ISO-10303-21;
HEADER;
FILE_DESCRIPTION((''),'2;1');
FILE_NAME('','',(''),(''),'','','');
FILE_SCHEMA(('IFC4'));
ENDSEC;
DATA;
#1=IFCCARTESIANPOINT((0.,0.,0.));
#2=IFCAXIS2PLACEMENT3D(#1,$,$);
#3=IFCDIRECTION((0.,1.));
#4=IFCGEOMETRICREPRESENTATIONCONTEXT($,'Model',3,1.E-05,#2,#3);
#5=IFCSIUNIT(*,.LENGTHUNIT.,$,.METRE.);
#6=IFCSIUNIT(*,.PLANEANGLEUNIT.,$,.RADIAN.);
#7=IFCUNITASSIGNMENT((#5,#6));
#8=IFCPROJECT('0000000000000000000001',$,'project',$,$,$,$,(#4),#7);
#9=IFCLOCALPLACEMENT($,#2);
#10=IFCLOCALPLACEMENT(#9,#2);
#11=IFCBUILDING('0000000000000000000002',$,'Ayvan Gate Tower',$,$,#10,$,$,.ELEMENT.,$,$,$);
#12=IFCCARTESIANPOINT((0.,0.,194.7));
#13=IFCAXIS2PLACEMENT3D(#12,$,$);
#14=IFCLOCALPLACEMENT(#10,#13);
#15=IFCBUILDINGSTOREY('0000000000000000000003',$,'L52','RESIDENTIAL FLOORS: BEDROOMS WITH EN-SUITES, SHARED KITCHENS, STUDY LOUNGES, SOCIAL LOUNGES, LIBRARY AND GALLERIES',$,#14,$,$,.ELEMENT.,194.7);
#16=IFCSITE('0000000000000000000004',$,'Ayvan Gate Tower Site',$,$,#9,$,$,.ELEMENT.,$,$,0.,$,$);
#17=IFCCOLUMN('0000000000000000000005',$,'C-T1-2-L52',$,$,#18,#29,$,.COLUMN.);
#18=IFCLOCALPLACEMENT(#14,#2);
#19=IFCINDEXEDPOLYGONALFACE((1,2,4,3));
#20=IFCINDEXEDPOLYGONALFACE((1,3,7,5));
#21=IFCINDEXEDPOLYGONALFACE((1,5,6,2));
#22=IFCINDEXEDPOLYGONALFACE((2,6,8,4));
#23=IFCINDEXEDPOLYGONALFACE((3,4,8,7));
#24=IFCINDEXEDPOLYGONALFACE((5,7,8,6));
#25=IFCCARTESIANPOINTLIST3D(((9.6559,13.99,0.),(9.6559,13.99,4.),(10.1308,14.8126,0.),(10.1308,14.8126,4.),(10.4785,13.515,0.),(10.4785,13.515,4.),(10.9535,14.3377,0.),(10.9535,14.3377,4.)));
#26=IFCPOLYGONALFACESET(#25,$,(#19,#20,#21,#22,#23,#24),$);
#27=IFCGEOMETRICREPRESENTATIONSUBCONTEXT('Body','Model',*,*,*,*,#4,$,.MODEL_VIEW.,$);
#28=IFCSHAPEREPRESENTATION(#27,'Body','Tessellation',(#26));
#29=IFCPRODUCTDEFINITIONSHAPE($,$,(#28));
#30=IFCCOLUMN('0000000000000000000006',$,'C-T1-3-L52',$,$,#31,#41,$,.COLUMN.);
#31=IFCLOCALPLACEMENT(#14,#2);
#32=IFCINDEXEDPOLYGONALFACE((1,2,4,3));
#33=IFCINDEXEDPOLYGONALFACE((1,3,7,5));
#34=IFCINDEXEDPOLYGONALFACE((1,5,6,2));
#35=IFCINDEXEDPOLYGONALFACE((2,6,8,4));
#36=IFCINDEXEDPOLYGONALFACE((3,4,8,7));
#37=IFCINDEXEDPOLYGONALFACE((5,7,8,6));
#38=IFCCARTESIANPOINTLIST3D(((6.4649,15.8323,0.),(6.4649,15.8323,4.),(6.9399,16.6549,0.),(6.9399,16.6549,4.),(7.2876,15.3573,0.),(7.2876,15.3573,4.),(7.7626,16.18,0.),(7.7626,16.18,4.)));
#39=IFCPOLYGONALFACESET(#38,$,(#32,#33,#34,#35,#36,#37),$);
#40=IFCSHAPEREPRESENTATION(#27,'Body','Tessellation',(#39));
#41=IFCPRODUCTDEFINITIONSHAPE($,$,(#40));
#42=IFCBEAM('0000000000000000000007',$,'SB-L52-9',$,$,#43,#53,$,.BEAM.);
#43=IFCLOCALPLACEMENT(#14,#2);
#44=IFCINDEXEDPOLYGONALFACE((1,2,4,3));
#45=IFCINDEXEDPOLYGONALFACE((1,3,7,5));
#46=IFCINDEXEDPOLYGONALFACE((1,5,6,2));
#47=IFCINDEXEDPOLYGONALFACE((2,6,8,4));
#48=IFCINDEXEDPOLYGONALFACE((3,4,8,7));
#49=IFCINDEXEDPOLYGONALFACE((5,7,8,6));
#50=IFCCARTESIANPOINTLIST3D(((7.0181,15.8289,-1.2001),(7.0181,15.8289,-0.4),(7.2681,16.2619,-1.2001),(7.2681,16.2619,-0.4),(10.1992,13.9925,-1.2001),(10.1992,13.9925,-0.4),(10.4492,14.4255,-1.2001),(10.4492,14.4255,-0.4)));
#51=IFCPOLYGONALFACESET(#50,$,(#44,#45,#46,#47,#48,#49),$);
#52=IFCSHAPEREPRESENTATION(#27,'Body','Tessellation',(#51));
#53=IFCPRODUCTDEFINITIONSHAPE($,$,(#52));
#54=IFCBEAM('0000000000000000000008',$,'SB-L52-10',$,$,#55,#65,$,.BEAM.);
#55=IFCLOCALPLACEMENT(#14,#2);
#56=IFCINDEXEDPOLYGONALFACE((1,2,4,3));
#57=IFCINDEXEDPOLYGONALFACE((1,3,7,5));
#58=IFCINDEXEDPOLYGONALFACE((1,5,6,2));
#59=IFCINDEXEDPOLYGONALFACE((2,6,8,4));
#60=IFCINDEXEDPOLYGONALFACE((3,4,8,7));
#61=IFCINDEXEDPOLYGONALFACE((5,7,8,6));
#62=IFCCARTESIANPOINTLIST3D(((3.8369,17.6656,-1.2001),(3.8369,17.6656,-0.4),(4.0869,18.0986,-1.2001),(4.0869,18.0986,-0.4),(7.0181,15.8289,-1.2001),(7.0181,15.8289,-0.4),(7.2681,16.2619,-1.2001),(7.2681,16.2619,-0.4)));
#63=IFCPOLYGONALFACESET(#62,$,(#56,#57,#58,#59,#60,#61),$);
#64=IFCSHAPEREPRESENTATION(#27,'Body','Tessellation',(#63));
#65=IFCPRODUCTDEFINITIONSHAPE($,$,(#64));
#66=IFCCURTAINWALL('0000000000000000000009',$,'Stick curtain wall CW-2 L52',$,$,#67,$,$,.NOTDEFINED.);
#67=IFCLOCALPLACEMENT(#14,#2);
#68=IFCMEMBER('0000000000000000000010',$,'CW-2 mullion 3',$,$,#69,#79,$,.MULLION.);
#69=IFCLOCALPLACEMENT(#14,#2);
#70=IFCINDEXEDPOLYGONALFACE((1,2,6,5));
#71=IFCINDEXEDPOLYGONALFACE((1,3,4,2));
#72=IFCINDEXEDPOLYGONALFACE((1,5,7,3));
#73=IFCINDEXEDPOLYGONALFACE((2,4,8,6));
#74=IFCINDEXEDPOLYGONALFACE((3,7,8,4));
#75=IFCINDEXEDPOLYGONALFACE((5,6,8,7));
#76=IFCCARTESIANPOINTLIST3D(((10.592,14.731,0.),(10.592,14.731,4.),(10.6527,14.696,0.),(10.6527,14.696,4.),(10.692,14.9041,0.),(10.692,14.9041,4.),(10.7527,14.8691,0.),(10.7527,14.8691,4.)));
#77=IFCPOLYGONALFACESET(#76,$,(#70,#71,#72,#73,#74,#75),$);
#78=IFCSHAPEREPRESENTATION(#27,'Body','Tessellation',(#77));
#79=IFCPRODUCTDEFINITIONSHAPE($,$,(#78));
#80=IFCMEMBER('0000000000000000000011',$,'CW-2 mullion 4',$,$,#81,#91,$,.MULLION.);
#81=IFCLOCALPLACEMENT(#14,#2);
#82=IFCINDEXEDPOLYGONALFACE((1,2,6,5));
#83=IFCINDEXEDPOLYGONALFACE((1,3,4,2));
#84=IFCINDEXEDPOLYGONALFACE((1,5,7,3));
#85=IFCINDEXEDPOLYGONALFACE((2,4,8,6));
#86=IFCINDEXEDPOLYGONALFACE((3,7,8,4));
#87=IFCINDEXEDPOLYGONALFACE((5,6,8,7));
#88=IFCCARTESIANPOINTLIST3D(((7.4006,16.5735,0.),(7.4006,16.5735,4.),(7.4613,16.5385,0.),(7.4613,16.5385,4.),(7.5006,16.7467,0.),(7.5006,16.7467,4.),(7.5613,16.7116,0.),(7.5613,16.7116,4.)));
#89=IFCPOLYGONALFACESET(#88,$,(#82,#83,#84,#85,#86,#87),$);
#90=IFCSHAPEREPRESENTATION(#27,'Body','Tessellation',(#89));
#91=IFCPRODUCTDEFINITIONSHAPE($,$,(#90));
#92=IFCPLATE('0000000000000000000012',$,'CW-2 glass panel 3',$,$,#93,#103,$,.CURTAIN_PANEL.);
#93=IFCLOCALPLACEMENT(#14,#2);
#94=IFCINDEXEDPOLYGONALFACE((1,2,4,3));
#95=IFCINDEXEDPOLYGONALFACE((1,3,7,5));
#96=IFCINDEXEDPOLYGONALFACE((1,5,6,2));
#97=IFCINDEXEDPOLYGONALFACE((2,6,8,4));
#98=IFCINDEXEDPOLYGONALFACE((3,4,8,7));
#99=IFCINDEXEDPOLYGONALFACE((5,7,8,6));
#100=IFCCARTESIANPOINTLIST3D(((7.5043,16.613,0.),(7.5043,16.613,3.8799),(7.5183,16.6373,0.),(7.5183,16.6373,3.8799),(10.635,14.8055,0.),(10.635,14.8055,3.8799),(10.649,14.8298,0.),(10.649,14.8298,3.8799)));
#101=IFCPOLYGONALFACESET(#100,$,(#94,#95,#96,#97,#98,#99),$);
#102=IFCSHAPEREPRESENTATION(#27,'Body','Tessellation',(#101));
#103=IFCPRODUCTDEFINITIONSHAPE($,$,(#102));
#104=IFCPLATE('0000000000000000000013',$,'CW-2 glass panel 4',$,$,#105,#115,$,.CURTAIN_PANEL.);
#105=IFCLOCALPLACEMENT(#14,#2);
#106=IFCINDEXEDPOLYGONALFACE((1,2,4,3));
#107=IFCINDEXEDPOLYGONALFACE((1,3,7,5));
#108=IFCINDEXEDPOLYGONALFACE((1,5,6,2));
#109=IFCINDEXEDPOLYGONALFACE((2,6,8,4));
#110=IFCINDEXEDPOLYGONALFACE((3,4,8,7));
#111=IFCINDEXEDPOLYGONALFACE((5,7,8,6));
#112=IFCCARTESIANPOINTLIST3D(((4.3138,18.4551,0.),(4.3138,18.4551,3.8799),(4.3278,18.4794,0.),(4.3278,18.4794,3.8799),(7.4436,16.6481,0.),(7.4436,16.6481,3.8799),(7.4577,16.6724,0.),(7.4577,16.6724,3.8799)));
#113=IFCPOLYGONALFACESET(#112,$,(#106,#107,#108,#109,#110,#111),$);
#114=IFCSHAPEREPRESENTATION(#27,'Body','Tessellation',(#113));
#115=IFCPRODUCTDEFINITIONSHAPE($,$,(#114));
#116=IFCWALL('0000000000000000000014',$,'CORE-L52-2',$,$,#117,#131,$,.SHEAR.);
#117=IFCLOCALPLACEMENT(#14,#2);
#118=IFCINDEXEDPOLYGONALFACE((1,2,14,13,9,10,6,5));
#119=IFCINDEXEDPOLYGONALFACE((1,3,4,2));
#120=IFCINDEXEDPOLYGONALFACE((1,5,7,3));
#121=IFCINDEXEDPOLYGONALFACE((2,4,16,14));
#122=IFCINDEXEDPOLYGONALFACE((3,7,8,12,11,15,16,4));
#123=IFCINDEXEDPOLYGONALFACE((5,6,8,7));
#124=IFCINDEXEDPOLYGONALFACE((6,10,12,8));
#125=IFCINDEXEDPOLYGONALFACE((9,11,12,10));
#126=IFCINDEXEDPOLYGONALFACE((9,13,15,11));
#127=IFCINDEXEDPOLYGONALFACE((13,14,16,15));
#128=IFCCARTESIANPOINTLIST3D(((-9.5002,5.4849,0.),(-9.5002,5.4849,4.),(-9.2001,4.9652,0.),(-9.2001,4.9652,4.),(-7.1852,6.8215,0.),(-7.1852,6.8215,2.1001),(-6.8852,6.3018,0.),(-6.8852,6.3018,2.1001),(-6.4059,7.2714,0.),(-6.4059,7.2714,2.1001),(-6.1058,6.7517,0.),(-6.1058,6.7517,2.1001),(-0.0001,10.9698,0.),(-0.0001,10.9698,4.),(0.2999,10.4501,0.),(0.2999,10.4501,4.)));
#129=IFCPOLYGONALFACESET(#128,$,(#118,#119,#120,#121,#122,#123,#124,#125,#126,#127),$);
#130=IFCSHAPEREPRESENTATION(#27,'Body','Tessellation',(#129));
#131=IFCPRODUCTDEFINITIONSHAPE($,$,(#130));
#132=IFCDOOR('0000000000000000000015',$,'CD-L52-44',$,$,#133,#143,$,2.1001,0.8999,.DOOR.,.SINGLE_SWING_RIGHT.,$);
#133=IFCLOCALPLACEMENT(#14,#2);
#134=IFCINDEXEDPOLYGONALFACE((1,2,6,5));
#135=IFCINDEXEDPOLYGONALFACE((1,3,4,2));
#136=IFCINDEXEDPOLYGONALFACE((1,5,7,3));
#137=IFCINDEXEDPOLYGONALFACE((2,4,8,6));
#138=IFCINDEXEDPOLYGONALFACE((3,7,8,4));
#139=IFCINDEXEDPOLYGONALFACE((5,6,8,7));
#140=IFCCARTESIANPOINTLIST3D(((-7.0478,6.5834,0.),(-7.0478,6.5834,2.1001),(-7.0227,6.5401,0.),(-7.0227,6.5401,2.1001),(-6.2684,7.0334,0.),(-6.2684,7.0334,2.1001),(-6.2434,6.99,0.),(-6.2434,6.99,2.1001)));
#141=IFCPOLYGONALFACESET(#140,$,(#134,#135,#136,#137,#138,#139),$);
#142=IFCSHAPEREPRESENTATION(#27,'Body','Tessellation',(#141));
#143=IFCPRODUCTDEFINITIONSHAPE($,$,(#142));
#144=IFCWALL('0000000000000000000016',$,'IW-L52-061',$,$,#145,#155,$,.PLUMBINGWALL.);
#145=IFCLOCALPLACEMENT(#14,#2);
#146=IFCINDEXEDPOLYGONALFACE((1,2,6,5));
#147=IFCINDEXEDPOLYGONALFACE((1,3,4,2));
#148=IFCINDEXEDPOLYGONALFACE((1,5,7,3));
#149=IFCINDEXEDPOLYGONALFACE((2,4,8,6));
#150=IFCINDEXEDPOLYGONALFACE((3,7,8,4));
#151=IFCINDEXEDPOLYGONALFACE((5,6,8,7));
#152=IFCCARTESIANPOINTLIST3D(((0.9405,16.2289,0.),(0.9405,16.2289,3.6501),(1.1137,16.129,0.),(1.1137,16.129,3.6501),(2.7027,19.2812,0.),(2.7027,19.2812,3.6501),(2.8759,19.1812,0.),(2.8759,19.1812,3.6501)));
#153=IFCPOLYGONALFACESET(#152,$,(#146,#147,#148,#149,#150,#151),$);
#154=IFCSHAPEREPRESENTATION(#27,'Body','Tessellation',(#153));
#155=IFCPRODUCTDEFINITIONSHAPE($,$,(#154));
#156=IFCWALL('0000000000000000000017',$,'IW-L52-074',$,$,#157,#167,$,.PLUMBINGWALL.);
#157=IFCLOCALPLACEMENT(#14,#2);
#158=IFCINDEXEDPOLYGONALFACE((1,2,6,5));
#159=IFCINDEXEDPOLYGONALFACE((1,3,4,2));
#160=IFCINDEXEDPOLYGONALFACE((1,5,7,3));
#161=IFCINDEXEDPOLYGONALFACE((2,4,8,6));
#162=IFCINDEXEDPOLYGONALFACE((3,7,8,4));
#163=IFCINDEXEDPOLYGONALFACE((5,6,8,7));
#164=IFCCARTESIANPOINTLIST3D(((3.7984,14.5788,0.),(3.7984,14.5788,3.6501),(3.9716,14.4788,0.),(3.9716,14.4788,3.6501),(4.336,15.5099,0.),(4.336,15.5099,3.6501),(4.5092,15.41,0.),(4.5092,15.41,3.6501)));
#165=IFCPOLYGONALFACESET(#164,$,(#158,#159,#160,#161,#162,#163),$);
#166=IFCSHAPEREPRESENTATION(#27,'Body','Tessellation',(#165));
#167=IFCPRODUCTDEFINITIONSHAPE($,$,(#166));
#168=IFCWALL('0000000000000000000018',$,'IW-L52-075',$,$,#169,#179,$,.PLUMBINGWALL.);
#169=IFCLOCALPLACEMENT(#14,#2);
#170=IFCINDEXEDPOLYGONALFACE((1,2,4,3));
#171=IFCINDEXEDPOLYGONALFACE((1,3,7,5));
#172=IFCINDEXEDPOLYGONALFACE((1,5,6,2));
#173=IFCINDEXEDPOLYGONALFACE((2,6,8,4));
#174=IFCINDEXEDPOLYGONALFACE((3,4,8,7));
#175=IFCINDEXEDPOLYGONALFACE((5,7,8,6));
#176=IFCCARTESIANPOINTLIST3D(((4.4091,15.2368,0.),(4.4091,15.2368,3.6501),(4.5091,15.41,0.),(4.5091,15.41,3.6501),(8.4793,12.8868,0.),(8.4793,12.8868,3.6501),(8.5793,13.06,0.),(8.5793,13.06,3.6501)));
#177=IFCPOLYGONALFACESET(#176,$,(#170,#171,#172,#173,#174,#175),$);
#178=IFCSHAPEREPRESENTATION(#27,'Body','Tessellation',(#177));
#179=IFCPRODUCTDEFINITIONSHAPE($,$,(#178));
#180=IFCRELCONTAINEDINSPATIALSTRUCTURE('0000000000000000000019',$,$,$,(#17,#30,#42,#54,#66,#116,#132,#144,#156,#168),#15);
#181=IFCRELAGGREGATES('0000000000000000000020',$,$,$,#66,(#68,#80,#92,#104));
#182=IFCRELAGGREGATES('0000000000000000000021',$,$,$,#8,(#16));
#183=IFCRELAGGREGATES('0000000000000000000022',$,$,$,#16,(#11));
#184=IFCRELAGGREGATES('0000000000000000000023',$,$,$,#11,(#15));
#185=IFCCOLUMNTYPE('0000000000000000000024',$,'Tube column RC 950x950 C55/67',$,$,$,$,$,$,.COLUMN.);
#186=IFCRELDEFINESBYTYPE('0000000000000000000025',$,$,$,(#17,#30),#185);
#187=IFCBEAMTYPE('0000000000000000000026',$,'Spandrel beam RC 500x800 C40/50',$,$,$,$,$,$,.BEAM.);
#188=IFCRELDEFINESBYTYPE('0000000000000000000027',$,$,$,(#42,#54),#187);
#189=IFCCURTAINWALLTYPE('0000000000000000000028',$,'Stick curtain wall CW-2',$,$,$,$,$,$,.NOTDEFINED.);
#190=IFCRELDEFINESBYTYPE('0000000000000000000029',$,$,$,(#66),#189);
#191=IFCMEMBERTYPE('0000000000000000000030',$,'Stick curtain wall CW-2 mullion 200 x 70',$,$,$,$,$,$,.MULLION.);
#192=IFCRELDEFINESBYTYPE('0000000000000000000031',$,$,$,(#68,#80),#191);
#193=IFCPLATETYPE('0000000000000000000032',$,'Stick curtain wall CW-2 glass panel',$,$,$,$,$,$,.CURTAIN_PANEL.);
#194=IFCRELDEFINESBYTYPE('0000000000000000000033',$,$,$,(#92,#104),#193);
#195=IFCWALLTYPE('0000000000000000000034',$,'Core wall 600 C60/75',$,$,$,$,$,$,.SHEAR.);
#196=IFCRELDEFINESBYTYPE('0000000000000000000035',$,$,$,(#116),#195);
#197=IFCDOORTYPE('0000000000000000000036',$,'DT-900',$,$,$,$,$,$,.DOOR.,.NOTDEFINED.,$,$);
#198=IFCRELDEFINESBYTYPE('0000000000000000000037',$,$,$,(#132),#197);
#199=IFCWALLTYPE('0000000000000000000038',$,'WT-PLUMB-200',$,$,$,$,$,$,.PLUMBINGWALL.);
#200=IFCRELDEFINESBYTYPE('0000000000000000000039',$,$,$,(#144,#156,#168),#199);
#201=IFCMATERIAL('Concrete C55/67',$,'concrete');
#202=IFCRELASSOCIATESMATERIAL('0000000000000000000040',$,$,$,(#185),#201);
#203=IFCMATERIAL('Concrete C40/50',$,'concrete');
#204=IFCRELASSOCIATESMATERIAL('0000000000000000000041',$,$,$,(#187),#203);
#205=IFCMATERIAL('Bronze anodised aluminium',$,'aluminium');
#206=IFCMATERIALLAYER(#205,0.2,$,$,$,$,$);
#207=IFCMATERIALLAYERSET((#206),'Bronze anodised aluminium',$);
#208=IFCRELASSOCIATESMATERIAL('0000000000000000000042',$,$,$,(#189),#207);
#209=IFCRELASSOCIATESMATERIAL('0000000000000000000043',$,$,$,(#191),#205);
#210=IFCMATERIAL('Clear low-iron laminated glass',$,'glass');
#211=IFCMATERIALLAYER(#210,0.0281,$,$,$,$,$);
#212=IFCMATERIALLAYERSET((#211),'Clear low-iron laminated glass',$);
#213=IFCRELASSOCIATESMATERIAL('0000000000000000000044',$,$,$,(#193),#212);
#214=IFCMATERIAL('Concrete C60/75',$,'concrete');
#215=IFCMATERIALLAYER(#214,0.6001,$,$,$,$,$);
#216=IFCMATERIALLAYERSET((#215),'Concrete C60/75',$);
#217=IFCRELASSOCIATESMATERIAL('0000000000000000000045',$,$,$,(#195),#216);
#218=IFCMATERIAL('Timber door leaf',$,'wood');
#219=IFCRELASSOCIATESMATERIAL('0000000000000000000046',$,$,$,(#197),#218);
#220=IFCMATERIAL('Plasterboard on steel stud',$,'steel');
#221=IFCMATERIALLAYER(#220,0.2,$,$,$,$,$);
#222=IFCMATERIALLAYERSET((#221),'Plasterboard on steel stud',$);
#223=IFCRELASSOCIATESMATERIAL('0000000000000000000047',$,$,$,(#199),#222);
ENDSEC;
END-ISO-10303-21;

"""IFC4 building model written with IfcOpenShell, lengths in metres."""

from ifc_helpers import new_model, si_unit, direction, frame, frame_2d, origin, origin_2d, place, context, subcontext, project, spatial, rectangle, extrude, material, layer, layer_set, material_profile, profile_set, type_object, element, fill, aggregate, save


model = new_model("IFC4")

# Units and contexts
model_context = context("Model", 3, precision=1e-05, world=origin(), true_north=direction((0.0, 1.0)))
body_context = subcontext(model_context, "Body", "Model", "MODEL_VIEW")
ifc_project = project(units=[si_unit("LENGTHUNIT", "METRE"), si_unit("PLANEANGLEUNIT", "RADIAN")], contexts=[model_context])

# Site, building, storey
site_placement = place(None, origin())
site = spatial("IfcSite", under=ifc_project, at=site_placement, Name="Ayvan Gate Tower Site", CompositionType="ELEMENT", RefElevation=0.0)
building_placement = place(site_placement, origin())
building = spatial("IfcBuilding", under=site, at=building_placement, Name="Ayvan Gate Tower", CompositionType="ELEMENT")
storey_placement = place(building_placement, frame((0.0, 0.0, 194.7)))
storey = spatial("IfcBuildingStorey", under=building, at=storey_placement, Name="L52", Description="RESIDENTIAL FLOORS: BEDROOMS WITH EN-SUITES, SHARED KITCHENS, STUDY LOUNGES, SOCIAL LOUNGES, LIBRARY AND GALLERIES", CompositionType="ELEMENT", Elevation=194.7)

# Columns
ifc_material_1 = material(Name="Concrete C55/67", Category="concrete")
ifc_material_profile_1 = material_profile(ifc_material_1, rectangle(XDim=0.95, YDim=0.95, at=origin_2d()), Name="RC 950x950")
ifc_profile_set_1 = profile_set([ifc_material_profile_1], Name="Concrete C55/67")
column_type = type_object("IfcColumnType", Name="Tube column RC 950x950 C55/67", PredefinedType="COLUMN", material=ifc_profile_set_1)
for number, where, z_axis, x_axis, name in (
    (1, (10.3047, 14.1638, 0.0), (0.0, 0.0, 1.0), (0.5, 0.866025, 0.0), "C-T1-2-L52"),
    (2, (7.1138, 16.0061, 0.0), (0.0, 0.0, 1.0), (0.5, 0.866025, 0.0), "C-T1-3-L52"),
):
    element("IfcColumn", number, at=place(storey_placement, frame(where, z_axis=z_axis, x_axis=x_axis)), inside=storey, type_object=column_type, Name=name, PredefinedType="COLUMN", context=body_context, shape_type="SweptSolid", body=[
        extrude(rectangle(XDim=0.95, YDim=0.95, at=origin_2d()), origin(), (0.0, 0.0, 1.0), 4.0),
    ])

# Beams
ifc_material_2 = material(Name="Concrete C40/50", Category="concrete")
ifc_material_profile_2 = material_profile(ifc_material_2, rectangle(XDim=0.5, YDim=0.8, at=origin_2d()), Name="RC 500x800")
ifc_profile_set_2 = profile_set([ifc_material_profile_2], Name="Concrete C40/50")
beam_type = type_object("IfcBeamType", Name="Spandrel beam RC 500x800 C40/50", PredefinedType="BEAM", material=ifc_profile_set_2)
beam_1_placement = place(storey_placement, frame((10.3242, 14.209, -0.8), z_axis=(-0.866051, 0.499956, 0.0), x_axis=(-0.499956, -0.866051, 0.0)))
element("IfcBeam", 3, at=beam_1_placement, inside=storey, type_object=beam_type, Name="SB-L52-9", PredefinedType="BEAM", context=body_context, shape_type="SweptSolid", body=[
    extrude(rectangle(XDim=0.5, YDim=0.8, at=origin_2d()), origin(), (0.0, 0.0, 1.0), 3.6731),
])
beam_2_placement = place(storey_placement, frame((7.1431, 16.0454, -0.8), z_axis=(-0.866022, 0.500006, 0.0), x_axis=(-0.500006, -0.866022, 0.0)))
element("IfcBeam", 4, at=beam_2_placement, inside=storey, type_object=beam_type, Name="SB-L52-10", PredefinedType="BEAM", context=body_context, shape_type="SweptSolid", body=[
    extrude(rectangle(XDim=0.5, YDim=0.8, at=origin_2d()), origin(), (0.0, 0.0, 1.0), 3.6733),
])

# Curtain wall, members, plates
ifc_material_3 = material(Name="Bronze anodised aluminium", Category="aluminium")
ifc_layer_1 = layer(ifc_material_3, 0.2)
ifc_layer_set_1 = layer_set([ifc_layer_1], Name="Bronze anodised aluminium")
curtain_wall_type = type_object("IfcCurtainWallType", Name="Stick curtain wall CW-2", PredefinedType="NOTDEFINED", material=ifc_layer_set_1)
curtain_wall_placement = place(storey_placement, origin())
curtain_wall = element("IfcCurtainWall", 5, at=curtain_wall_placement, inside=storey, type_object=curtain_wall_type, Name="Stick curtain wall CW-2 L52", PredefinedType="NOTDEFINED")
ifc_material_profile_3 = material_profile(ifc_material_3, rectangle(XDim=0.2, YDim=0.0701, at=origin_2d()), Name="Stick curtain wall CW-2 mullion 200 x 70")
ifc_profile_set_3 = profile_set([ifc_material_profile_3], Name="Bronze anodised aluminium")
member_type = type_object("IfcMemberType", Name="Stick curtain wall CW-2 mullion 200 x 70", PredefinedType="MULLION", material=ifc_profile_set_3)
member_1_placement = place(storey_placement, frame((10.6724, 14.8, 0.0), z_axis=(0.0, 0.0, 1.0), x_axis=(0.5, 0.866025, 0.0)))
member_1 = element("IfcMember", 6, at=member_1_placement, type_object=member_type, Name="CW-2 mullion 3", PredefinedType="MULLION", context=body_context, shape_type="SweptSolid", body=[
    extrude(rectangle(XDim=0.2, YDim=0.0701, at=origin_2d()), origin(), (0.0, 0.0, 1.0), 4.0),
])
member_2_placement = place(storey_placement, frame((7.481, 16.6426, 0.0), z_axis=(0.0, 0.0, 1.0), x_axis=(0.5, 0.866025, 0.0)))
member_2 = element("IfcMember", 7, at=member_2_placement, type_object=member_type, Name="CW-2 mullion 4", PredefinedType="MULLION", context=body_context, shape_type="SweptSolid", body=[
    extrude(rectangle(XDim=0.2, YDim=0.0701, at=origin_2d()), origin(), (0.0, 0.0, 1.0), 4.0),
])
ifc_material_4 = material(Name="Clear low-iron laminated glass", Category="glass")
ifc_layer_2 = layer(ifc_material_4, 0.0281)
ifc_layer_set_2 = layer_set([ifc_layer_2], Name="Clear low-iron laminated glass")
plate_type = type_object("IfcPlateType", Name="Stick curtain wall CW-2 glass panel", PredefinedType="CURTAIN_PANEL", material=ifc_layer_set_2)
plate_1_placement = place(storey_placement, frame((9.0767, 15.7214, 0.0), z_axis=(0.0, 0.0, 1.0), x_axis=(-0.866025, 0.5, 0.0)))
plate_1 = element("IfcPlate", 8, at=plate_1_placement, type_object=plate_type, Name="CW-2 glass panel 3", PredefinedType="CURTAIN_PANEL", context=body_context, shape_type="SweptSolid", body=[
    extrude(rectangle(XDim=3.615, YDim=0.0281, at=origin_2d()), origin(), (0.0, 0.0, 1.0), 3.8799),
])
plate_2_placement = place(storey_placement, frame((5.8857, 17.5637, 0.0), z_axis=(0.0, 0.0, 1.0), x_axis=(-0.866025, 0.5, 0.0)))
plate_2 = element("IfcPlate", 9, at=plate_2_placement, type_object=plate_type, Name="CW-2 glass panel 4", PredefinedType="CURTAIN_PANEL", context=body_context, shape_type="SweptSolid", body=[
    extrude(rectangle(XDim=3.614, YDim=0.0281, at=origin_2d()), origin(), (0.0, 0.0, 1.0), 3.8799),
])
aggregate(curtain_wall, [member_1, member_2, plate_1, plate_2])

# Wall, opening, door
ifc_material_5 = material(Name="Concrete C60/75", Category="concrete")
ifc_layer_3 = layer(ifc_material_5, 0.6001)
ifc_layer_set_3 = layer_set([ifc_layer_3], Name="Concrete C60/75")
wall_type_1 = type_object("IfcWallType", Name="Core wall 600 C60/75", PredefinedType="SHEAR", material=ifc_layer_set_3)
wall_1_placement = place(storey_placement, frame((0.1499, 10.71, 0.0), z_axis=(0.0, 0.0, 1.0), x_axis=(-0.866024, -0.500002, 0.0)))
wall_1 = element("IfcWall", 10, at=wall_1_placement, inside=storey, type_object=wall_type_1, Name="CORE-L52-2", PredefinedType="SHEAR", context=body_context, shape_type="SweptSolid", body=[
    extrude(rectangle(XDim=10.9697, YDim=0.6001, at=frame_2d((5.4849, 0.0))), origin(), (0.0, 0.0, 1.0), 4.0),
])
opening_1_placement = place(wall_1_placement, frame((7.3967, 0.0, 0.0)))
opening_1 = element("IfcOpeningElement", 11, at=opening_1_placement, cuts=wall_1, PredefinedType="OPENING", context=body_context, shape_type="SweptSolid", body=[
    extrude(rectangle(XDim=0.8999, YDim=2.1001, at=frame_2d((0.45, 1.05))), frame((0.0, 0.3101, 0.0), z_axis=(0.0, -1.0, 0.0), x_axis=(1.0, 0.0, 0.0)), (0.0, 0.0, 1.0), 0.6201),
])
ifc_material_6 = material(Name="Timber door leaf", Category="wood")
door_type_1 = type_object("IfcDoorType", Name="DT-900", OperationType="NOTDEFINED", PredefinedType="DOOR", material=ifc_material_6)
door_1_placement = place(opening_1_placement, origin())
door_1 = element("IfcDoor", 12, at=door_1_placement, inside=storey, type_object=door_type_1, Name="CD-L52-44", OperationType="SINGLE_SWING_RIGHT", OverallHeight=2.1001, OverallWidth=0.8999, PredefinedType="DOOR", context=body_context, shape_type="SweptSolid", body=[
    extrude(rectangle(XDim=0.8999, YDim=2.1001, at=frame_2d((0.45, 1.05))), frame((0.0, 0.0249, 0.0), z_axis=(0.0, -1.0, 0.0), x_axis=(1.0, 0.0, 0.0)), (0.0, 0.0, 1.0), 0.05),
])
fill(opening_1, door_1)

# Walls
ifc_material_7 = material(Name="Plasterboard on steel stud", Category="steel")
ifc_layer_4 = layer(ifc_material_7, 0.2)
ifc_layer_set_4 = layer_set([ifc_layer_4], Name="Plasterboard on steel stud")
wall_type_2 = type_object("IfcWallType", Name="WT-PLUMB-200", PredefinedType="PLUMBINGWALL", material=ifc_layer_set_4)
wall_2_placement = place(storey_placement, frame((1.0271, 16.179, 0.0), z_axis=(0.0, 0.0, 1.0), x_axis=(0.499998, 0.866026, 0.0)))
element("IfcWall", 13, at=wall_2_placement, inside=storey, type_object=wall_type_2, Name="IW-L52-061", PredefinedType="PLUMBINGWALL", context=body_context, shape_type="SweptSolid", body=[
    extrude(rectangle(XDim=3.5244, YDim=0.2, at=frame_2d((1.7622, 0.0))), origin(), (0.0, 0.0, 1.0), 3.6501),
])
wall_3_placement = place(storey_placement, frame((3.885, 14.5288, 0.0), z_axis=(0.0, 0.0, 1.0), x_axis=(0.499998, 0.866027, 0.0)))
element("IfcWall", 14, at=wall_3_placement, inside=storey, type_object=wall_type_2, Name="IW-L52-074", PredefinedType="PLUMBINGWALL", context=body_context, shape_type="SweptSolid", body=[
    extrude(rectangle(XDim=1.0752, YDim=0.2, at=frame_2d((0.5376, 0.0))), origin(), (0.0, 0.0, 1.0), 3.6501),
])
wall_4_placement = place(storey_placement, frame((4.459, 15.3235, 0.0), z_axis=(0.0, 0.0, 1.0), x_axis=(0.866016, -0.500016, 0.0)))
element("IfcWall", 15, at=wall_4_placement, inside=storey, type_object=wall_type_2, Name="IW-L52-075", PredefinedType="PLUMBINGWALL", context=body_context, shape_type="SweptSolid", body=[
    extrude(rectangle(XDim=4.7, YDim=0.2, at=frame_2d((2.3501, 0.0))), origin(), (0.0, 0.0, 1.0), 3.6501),
])

save(model, "model.ifc")
